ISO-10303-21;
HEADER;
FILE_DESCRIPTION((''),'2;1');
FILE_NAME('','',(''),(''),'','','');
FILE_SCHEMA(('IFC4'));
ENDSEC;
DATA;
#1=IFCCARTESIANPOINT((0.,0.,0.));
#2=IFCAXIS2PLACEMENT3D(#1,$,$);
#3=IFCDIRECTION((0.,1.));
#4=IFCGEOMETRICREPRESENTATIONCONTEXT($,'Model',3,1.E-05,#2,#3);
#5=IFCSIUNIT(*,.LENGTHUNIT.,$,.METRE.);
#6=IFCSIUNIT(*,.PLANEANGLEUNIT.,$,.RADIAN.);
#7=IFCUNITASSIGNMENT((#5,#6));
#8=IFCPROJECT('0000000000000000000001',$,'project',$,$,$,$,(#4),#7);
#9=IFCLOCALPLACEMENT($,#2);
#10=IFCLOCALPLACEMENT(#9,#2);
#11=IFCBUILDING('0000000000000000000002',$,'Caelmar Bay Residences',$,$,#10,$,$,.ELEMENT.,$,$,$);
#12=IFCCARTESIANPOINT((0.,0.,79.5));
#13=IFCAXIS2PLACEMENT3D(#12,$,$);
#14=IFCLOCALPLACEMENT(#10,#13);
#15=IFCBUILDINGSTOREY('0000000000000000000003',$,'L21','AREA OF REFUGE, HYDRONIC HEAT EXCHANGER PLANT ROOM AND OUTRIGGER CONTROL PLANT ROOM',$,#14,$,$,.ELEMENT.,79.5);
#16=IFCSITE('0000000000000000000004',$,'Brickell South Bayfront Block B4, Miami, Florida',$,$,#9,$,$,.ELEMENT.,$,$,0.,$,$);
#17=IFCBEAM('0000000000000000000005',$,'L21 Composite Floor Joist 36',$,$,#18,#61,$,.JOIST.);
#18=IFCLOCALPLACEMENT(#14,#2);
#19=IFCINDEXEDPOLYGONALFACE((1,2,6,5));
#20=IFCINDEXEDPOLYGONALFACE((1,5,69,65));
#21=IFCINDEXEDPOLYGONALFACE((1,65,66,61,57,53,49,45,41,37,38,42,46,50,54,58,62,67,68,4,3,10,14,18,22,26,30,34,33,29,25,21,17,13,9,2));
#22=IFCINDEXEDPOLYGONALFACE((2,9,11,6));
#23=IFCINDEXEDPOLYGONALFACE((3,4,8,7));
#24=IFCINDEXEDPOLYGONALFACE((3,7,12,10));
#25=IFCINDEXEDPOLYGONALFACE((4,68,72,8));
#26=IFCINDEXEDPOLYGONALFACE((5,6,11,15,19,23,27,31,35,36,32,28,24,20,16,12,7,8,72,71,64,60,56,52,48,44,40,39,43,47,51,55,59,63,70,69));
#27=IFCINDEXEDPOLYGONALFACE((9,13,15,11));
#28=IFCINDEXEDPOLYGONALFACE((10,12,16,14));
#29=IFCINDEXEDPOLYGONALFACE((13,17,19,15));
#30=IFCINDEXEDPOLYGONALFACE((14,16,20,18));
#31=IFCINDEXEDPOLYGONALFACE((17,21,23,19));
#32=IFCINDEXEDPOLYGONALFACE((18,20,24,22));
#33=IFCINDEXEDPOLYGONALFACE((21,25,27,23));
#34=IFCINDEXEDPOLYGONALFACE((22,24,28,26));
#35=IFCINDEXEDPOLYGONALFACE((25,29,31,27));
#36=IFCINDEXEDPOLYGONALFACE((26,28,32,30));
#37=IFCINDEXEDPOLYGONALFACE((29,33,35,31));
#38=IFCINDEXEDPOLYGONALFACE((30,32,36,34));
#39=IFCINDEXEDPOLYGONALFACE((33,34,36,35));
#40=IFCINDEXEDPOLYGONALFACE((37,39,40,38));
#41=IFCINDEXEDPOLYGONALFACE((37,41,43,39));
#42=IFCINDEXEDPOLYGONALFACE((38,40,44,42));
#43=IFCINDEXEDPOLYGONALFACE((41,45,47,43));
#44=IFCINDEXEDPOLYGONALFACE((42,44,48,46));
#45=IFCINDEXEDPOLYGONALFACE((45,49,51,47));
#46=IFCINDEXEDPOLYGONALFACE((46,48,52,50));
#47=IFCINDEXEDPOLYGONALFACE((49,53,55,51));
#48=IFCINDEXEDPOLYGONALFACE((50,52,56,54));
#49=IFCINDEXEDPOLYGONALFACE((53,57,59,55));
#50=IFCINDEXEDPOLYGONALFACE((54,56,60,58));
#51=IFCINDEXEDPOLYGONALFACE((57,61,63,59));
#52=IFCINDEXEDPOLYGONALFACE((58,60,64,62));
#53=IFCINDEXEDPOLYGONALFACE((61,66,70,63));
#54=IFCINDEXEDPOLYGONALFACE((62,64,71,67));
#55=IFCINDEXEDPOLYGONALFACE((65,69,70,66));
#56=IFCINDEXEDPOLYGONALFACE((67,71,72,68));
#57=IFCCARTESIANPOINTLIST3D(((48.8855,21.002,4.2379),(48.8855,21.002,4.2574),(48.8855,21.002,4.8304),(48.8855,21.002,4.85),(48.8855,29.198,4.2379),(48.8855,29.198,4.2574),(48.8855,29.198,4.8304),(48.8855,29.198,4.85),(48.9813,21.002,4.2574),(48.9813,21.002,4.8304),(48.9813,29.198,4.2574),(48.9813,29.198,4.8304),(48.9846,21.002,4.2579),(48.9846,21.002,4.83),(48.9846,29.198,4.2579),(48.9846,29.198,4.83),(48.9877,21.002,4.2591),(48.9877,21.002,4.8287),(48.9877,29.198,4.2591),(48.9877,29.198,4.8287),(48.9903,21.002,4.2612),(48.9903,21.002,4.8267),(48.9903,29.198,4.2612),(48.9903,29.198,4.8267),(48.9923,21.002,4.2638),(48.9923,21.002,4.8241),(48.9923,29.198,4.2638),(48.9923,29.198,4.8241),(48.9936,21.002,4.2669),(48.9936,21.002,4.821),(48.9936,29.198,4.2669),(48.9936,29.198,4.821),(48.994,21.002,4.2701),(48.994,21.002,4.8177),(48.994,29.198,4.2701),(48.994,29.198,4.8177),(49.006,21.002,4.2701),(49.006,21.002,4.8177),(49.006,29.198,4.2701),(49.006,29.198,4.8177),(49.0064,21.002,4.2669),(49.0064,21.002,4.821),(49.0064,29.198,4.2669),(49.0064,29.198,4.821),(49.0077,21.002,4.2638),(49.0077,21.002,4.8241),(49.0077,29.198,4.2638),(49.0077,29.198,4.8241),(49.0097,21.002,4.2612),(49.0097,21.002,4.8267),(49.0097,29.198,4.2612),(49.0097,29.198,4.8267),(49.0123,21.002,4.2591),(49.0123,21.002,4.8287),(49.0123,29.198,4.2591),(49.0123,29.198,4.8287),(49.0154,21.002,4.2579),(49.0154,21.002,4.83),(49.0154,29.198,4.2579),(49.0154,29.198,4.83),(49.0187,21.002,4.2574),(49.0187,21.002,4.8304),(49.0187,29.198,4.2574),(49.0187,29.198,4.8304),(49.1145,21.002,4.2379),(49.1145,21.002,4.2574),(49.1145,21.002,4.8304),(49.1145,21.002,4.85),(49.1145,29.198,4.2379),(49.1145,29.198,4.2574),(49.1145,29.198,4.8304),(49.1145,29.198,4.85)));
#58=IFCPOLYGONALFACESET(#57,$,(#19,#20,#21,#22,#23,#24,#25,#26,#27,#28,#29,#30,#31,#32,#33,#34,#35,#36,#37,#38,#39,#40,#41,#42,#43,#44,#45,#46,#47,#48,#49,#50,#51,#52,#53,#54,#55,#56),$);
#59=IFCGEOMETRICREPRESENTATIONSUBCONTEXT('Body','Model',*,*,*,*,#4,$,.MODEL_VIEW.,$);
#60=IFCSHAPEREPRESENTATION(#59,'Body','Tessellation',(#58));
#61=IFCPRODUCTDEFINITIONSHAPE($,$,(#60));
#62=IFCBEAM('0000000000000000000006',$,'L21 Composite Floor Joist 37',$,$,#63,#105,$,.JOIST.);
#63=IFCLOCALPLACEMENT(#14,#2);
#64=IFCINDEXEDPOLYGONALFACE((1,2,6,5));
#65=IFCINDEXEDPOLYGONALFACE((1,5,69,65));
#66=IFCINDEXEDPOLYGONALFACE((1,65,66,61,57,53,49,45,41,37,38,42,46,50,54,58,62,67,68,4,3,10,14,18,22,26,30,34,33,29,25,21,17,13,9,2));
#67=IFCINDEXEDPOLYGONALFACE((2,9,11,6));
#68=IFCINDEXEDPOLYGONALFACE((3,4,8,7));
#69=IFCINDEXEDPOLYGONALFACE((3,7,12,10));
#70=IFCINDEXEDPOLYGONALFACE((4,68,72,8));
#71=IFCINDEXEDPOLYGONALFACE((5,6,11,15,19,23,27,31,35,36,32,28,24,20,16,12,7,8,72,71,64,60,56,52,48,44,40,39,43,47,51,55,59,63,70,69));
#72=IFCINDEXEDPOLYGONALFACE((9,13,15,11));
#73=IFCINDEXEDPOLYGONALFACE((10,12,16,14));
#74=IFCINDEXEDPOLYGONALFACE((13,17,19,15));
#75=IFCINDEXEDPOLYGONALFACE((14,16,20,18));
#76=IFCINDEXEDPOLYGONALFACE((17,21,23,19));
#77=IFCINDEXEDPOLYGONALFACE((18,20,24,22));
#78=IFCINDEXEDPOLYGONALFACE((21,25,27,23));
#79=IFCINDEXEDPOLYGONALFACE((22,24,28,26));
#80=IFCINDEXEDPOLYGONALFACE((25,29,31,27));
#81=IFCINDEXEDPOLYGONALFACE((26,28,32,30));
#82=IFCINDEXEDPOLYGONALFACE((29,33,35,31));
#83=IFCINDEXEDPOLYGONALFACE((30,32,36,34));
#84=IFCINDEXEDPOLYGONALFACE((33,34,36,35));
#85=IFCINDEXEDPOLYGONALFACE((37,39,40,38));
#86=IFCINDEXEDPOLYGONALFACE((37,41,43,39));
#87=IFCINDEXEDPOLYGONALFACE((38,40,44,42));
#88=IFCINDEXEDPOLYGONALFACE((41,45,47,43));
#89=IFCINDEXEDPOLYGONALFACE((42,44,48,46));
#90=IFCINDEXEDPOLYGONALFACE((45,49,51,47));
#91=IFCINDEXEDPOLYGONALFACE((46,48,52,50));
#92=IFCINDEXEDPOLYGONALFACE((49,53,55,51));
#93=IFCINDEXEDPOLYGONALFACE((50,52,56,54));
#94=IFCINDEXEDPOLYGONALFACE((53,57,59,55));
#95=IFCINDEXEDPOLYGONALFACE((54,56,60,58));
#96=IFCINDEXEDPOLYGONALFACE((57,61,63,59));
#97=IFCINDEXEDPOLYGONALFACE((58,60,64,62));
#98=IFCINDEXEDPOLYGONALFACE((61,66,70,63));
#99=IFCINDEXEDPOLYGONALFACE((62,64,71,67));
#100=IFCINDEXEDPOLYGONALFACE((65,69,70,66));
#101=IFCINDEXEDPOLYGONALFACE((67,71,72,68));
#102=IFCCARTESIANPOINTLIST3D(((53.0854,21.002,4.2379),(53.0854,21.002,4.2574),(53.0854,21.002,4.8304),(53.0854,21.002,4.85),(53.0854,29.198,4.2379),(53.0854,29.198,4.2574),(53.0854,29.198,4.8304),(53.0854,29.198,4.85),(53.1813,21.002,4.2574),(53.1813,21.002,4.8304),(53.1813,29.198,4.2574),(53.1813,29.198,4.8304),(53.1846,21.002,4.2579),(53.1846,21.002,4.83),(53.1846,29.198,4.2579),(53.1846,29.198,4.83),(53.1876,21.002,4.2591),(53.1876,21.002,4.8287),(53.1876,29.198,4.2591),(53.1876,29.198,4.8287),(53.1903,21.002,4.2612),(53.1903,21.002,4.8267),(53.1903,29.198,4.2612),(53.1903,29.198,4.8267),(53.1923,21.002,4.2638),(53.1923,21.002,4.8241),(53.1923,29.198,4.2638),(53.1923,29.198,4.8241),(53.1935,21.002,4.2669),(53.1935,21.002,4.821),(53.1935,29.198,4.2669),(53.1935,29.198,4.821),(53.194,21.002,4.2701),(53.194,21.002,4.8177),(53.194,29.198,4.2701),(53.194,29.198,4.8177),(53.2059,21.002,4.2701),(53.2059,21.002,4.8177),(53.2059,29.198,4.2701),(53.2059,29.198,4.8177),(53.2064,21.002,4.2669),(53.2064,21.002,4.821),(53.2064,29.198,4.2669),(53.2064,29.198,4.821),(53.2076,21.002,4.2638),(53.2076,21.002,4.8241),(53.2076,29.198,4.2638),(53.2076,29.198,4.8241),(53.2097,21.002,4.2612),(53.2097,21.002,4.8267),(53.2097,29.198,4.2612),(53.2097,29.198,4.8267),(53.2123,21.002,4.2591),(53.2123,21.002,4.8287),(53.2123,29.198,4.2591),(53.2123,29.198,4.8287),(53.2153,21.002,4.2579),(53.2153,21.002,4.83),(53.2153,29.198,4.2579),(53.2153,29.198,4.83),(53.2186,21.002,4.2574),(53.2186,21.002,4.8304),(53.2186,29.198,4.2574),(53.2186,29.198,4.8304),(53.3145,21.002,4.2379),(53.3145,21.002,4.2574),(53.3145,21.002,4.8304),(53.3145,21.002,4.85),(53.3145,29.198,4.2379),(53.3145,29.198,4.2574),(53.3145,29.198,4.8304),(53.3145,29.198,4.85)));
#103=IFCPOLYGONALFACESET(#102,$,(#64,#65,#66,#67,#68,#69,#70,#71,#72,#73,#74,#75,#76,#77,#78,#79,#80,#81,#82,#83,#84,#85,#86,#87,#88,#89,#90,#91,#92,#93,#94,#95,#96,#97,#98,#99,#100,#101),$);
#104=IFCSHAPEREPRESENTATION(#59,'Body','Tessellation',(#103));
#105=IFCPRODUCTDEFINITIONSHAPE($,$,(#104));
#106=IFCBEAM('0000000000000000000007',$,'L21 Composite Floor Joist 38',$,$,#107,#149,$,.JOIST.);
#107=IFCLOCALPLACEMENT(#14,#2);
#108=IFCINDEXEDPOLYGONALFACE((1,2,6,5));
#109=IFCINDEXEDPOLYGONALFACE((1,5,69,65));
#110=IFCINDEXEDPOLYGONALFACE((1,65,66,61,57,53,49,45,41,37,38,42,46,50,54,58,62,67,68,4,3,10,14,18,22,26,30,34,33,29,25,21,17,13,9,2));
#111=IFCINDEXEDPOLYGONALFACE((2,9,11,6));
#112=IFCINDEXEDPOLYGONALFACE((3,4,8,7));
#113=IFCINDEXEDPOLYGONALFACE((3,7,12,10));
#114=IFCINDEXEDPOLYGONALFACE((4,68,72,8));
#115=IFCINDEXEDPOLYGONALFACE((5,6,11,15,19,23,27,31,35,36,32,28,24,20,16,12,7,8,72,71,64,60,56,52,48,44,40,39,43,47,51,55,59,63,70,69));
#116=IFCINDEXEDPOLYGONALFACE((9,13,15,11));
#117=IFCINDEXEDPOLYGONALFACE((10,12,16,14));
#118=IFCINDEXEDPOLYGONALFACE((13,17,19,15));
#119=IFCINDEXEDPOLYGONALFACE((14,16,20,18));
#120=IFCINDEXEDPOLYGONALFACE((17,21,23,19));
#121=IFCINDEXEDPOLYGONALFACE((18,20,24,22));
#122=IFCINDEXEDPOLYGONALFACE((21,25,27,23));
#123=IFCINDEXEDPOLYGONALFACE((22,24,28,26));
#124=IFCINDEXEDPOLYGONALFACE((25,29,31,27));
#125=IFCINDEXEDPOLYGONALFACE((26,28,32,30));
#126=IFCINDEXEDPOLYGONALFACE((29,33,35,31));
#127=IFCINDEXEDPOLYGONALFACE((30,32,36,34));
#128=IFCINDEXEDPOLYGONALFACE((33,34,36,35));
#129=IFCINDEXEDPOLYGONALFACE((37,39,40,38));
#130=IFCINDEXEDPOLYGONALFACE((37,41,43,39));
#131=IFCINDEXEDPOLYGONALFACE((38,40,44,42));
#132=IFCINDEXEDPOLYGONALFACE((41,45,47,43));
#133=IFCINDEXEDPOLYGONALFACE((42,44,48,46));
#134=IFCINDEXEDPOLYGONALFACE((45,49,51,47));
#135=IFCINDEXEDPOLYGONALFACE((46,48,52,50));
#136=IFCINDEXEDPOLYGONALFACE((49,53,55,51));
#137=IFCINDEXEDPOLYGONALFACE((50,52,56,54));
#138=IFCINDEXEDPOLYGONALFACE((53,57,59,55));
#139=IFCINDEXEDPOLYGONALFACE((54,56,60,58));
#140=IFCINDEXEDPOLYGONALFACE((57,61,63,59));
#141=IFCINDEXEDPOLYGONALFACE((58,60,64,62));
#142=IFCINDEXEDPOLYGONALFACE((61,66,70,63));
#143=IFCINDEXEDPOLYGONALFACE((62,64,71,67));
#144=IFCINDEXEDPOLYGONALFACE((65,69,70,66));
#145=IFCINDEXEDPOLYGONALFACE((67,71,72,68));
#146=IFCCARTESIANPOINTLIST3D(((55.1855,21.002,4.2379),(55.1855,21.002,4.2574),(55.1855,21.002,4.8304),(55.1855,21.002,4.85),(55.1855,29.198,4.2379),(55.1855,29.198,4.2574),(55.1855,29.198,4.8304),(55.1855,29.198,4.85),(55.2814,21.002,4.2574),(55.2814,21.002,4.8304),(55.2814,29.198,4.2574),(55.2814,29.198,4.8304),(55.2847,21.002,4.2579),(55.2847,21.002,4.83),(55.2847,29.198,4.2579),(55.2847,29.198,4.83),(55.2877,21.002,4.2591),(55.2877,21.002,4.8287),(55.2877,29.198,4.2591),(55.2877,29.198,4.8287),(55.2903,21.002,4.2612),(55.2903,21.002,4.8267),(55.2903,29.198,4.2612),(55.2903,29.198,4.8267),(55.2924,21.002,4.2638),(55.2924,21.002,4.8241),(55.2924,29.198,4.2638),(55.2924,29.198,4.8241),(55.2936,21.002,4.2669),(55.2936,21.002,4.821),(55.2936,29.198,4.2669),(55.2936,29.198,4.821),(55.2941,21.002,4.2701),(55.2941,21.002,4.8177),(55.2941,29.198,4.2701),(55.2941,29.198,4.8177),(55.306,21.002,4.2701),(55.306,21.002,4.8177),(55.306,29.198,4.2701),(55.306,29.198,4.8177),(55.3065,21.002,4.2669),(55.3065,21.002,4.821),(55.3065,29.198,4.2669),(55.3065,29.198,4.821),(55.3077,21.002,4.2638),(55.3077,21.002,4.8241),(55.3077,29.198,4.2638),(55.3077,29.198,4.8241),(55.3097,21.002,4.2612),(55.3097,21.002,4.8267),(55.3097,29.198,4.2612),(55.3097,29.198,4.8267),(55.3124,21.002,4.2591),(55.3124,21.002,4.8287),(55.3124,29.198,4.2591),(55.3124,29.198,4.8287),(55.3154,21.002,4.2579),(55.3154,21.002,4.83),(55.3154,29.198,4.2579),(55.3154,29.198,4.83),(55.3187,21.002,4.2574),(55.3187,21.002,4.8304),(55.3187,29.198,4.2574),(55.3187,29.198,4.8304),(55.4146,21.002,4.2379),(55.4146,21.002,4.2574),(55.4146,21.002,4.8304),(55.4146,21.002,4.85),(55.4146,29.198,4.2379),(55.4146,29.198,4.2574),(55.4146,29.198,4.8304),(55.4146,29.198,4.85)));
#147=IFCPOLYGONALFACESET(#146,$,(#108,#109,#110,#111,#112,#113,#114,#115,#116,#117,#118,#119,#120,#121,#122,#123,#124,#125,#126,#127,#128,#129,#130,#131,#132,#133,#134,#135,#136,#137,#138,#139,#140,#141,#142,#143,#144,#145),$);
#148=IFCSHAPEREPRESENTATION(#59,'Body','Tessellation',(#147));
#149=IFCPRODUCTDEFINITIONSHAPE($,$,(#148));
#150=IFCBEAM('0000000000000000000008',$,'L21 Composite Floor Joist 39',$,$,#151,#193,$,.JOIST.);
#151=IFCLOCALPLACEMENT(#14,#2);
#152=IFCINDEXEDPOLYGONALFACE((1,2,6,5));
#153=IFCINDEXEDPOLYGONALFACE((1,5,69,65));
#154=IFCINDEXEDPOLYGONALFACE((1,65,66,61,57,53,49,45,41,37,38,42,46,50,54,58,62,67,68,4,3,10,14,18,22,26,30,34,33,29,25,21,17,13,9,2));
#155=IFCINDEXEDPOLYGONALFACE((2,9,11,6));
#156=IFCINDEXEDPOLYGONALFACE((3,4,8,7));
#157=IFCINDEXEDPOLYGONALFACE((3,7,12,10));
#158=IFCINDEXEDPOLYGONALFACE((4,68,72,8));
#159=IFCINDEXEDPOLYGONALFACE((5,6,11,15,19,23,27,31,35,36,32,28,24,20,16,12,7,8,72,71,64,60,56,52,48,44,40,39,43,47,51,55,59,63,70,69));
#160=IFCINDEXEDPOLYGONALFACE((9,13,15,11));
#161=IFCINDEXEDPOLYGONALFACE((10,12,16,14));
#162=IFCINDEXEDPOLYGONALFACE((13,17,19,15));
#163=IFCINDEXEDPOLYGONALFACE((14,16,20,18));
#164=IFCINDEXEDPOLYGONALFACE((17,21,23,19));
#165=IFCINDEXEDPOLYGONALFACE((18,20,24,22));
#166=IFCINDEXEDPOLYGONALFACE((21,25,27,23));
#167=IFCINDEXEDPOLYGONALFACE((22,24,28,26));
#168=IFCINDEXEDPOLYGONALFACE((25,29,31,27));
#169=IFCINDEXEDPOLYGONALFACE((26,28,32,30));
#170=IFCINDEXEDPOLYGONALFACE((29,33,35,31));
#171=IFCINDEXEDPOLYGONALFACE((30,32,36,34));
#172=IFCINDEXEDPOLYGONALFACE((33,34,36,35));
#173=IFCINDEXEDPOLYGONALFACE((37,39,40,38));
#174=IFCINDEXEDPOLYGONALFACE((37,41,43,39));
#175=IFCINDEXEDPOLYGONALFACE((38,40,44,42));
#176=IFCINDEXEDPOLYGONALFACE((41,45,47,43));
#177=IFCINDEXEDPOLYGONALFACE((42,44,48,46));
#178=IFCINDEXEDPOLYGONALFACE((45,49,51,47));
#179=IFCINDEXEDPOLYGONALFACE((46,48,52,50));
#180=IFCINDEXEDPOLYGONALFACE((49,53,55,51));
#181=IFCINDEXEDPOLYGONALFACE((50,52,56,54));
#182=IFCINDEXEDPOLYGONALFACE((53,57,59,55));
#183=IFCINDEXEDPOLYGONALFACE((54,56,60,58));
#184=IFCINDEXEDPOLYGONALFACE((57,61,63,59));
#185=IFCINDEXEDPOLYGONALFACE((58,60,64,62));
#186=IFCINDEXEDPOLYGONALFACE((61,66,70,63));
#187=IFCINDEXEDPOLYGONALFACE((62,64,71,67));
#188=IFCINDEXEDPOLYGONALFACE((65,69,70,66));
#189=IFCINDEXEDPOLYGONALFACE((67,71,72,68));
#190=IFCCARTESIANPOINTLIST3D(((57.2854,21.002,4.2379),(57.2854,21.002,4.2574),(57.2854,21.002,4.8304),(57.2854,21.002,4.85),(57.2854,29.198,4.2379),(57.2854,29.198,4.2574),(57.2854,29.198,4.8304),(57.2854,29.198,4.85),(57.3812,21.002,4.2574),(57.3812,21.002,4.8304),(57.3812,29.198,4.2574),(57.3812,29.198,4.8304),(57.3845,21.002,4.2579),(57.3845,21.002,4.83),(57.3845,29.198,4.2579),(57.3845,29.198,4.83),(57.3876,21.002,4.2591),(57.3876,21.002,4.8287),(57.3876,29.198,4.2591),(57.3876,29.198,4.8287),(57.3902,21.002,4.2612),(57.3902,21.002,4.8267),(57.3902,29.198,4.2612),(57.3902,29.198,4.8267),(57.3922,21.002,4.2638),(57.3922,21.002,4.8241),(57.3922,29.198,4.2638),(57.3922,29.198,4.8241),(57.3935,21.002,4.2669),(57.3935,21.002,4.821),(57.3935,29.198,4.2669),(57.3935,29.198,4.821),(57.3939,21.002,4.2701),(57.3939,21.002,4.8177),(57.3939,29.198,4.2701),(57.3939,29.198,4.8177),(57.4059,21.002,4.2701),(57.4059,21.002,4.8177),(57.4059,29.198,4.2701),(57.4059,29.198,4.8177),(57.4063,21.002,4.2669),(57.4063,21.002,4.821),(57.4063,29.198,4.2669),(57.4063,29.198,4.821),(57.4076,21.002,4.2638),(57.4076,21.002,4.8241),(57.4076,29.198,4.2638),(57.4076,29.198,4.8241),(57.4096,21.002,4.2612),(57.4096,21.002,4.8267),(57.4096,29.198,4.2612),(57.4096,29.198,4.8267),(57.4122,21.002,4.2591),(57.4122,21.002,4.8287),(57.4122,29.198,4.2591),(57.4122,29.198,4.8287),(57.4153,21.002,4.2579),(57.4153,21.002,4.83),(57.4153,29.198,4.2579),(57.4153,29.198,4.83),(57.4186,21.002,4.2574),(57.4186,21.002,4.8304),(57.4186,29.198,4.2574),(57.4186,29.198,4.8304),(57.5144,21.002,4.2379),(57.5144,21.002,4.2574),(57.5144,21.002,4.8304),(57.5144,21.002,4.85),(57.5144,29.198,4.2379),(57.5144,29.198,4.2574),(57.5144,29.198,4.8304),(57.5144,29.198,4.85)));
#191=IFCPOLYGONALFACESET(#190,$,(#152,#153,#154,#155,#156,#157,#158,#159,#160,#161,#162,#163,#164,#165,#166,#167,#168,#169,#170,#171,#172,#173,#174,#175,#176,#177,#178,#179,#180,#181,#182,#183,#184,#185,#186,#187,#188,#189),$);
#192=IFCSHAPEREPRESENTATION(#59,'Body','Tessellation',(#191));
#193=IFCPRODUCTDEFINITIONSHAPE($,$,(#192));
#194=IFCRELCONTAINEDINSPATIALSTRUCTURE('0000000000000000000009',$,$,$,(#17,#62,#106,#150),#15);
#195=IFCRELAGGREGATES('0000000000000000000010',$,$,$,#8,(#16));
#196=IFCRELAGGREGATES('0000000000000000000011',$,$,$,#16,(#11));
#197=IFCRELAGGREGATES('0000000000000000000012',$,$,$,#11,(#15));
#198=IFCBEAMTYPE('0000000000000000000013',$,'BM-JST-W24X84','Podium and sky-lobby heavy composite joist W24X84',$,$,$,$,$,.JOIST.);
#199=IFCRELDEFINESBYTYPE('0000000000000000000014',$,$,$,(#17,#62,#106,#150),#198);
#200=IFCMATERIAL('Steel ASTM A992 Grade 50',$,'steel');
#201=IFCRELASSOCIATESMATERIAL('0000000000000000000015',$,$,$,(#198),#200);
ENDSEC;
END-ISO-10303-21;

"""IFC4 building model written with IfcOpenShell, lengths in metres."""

from ifc_helpers import new_model, si_unit, direction, frame, origin, origin_2d, place, context, subcontext, project, spatial, i_section, extrude, material, material_profile, profile_set, type_object, element, save


model = new_model("IFC4")

# Units and contexts
model_context = context("Model", 3, precision=1e-05, world=origin(), true_north=direction((0.0, 1.0)))
body_context = subcontext(model_context, "Body", "Model", "MODEL_VIEW")
ifc_project = project(units=[si_unit("LENGTHUNIT", "METRE"), si_unit("PLANEANGLEUNIT", "RADIAN")], contexts=[model_context])

# Site, building, storey
site_placement = place(None, origin())
site = spatial("IfcSite", under=ifc_project, at=site_placement, Name="Brickell South Bayfront Block B4, Miami, Florida", CompositionType="ELEMENT", RefElevation=0.0)
building_placement = place(site_placement, origin())
building = spatial("IfcBuilding", under=site, at=building_placement, Name="Caelmar Bay Residences", CompositionType="ELEMENT")
storey_placement = place(building_placement, frame((0.0, 0.0, 79.5)))
storey = spatial("IfcBuildingStorey", under=building, at=storey_placement, Name="L21", Description="AREA OF REFUGE, HYDRONIC HEAT EXCHANGER PLANT ROOM AND OUTRIGGER CONTROL PLANT ROOM", CompositionType="ELEMENT", Elevation=79.5)

# Beams
ifc_material_1 = material(Name="Steel ASTM A992 Grade 50", Category="steel")
ifc_material_profile_1 = material_profile(ifc_material_1, i_section(OverallWidth=0.229, OverallDepth=0.6121, WebThickness=0.012, FlangeThickness=0.0195, FilletRadius=0.0127, at=origin_2d()), Name="W24X84")
ifc_profile_set_1 = profile_set([ifc_material_profile_1], Name="Steel ASTM A992 Grade 50")
beam_type_1 = type_object("IfcBeamType", Name="BM-JST-W24X84", Description="Podium and sky-lobby heavy composite joist W24X84", PredefinedType="JOIST", material=ifc_profile_set_1)
for number, where, z_axis, x_axis, name in (
    (1, (49.0, 21.002, 4.5439), (0.0, 1.0, 0.0), (-1.0, 0.0, 0.0), "L21 Composite Floor Joist 36"),
    (2, (53.2, 21.002, 4.5439), (0.0, 1.0, 0.0), (-1.0, 0.0, 0.0), "L21 Composite Floor Joist 37"),
    (3, (55.3, 21.002, 4.5439), (0.0, 1.0, 0.0), (-1.0, 0.0, 0.0), "L21 Composite Floor Joist 38"),
    (4, (57.3999, 21.002, 4.5439), (0.0, 1.0, 0.0), (-1.0, 0.0, 0.0), "L21 Composite Floor Joist 39"),
):
    element("IfcBeam", number, at=place(storey_placement, frame(where, z_axis=z_axis, x_axis=x_axis)), inside=storey, type_object=beam_type_1, Name=name, PredefinedType="JOIST", context=body_context, shape_type="SweptSolid", body=[
        extrude(i_section(OverallWidth=0.229, OverallDepth=0.6121, WebThickness=0.012, FlangeThickness=0.0195, FilletRadius=0.0127, at=origin_2d()), origin(), (0.0, 0.0, 1.0), 8.196),
    ])

save(model, "model.ifc")
